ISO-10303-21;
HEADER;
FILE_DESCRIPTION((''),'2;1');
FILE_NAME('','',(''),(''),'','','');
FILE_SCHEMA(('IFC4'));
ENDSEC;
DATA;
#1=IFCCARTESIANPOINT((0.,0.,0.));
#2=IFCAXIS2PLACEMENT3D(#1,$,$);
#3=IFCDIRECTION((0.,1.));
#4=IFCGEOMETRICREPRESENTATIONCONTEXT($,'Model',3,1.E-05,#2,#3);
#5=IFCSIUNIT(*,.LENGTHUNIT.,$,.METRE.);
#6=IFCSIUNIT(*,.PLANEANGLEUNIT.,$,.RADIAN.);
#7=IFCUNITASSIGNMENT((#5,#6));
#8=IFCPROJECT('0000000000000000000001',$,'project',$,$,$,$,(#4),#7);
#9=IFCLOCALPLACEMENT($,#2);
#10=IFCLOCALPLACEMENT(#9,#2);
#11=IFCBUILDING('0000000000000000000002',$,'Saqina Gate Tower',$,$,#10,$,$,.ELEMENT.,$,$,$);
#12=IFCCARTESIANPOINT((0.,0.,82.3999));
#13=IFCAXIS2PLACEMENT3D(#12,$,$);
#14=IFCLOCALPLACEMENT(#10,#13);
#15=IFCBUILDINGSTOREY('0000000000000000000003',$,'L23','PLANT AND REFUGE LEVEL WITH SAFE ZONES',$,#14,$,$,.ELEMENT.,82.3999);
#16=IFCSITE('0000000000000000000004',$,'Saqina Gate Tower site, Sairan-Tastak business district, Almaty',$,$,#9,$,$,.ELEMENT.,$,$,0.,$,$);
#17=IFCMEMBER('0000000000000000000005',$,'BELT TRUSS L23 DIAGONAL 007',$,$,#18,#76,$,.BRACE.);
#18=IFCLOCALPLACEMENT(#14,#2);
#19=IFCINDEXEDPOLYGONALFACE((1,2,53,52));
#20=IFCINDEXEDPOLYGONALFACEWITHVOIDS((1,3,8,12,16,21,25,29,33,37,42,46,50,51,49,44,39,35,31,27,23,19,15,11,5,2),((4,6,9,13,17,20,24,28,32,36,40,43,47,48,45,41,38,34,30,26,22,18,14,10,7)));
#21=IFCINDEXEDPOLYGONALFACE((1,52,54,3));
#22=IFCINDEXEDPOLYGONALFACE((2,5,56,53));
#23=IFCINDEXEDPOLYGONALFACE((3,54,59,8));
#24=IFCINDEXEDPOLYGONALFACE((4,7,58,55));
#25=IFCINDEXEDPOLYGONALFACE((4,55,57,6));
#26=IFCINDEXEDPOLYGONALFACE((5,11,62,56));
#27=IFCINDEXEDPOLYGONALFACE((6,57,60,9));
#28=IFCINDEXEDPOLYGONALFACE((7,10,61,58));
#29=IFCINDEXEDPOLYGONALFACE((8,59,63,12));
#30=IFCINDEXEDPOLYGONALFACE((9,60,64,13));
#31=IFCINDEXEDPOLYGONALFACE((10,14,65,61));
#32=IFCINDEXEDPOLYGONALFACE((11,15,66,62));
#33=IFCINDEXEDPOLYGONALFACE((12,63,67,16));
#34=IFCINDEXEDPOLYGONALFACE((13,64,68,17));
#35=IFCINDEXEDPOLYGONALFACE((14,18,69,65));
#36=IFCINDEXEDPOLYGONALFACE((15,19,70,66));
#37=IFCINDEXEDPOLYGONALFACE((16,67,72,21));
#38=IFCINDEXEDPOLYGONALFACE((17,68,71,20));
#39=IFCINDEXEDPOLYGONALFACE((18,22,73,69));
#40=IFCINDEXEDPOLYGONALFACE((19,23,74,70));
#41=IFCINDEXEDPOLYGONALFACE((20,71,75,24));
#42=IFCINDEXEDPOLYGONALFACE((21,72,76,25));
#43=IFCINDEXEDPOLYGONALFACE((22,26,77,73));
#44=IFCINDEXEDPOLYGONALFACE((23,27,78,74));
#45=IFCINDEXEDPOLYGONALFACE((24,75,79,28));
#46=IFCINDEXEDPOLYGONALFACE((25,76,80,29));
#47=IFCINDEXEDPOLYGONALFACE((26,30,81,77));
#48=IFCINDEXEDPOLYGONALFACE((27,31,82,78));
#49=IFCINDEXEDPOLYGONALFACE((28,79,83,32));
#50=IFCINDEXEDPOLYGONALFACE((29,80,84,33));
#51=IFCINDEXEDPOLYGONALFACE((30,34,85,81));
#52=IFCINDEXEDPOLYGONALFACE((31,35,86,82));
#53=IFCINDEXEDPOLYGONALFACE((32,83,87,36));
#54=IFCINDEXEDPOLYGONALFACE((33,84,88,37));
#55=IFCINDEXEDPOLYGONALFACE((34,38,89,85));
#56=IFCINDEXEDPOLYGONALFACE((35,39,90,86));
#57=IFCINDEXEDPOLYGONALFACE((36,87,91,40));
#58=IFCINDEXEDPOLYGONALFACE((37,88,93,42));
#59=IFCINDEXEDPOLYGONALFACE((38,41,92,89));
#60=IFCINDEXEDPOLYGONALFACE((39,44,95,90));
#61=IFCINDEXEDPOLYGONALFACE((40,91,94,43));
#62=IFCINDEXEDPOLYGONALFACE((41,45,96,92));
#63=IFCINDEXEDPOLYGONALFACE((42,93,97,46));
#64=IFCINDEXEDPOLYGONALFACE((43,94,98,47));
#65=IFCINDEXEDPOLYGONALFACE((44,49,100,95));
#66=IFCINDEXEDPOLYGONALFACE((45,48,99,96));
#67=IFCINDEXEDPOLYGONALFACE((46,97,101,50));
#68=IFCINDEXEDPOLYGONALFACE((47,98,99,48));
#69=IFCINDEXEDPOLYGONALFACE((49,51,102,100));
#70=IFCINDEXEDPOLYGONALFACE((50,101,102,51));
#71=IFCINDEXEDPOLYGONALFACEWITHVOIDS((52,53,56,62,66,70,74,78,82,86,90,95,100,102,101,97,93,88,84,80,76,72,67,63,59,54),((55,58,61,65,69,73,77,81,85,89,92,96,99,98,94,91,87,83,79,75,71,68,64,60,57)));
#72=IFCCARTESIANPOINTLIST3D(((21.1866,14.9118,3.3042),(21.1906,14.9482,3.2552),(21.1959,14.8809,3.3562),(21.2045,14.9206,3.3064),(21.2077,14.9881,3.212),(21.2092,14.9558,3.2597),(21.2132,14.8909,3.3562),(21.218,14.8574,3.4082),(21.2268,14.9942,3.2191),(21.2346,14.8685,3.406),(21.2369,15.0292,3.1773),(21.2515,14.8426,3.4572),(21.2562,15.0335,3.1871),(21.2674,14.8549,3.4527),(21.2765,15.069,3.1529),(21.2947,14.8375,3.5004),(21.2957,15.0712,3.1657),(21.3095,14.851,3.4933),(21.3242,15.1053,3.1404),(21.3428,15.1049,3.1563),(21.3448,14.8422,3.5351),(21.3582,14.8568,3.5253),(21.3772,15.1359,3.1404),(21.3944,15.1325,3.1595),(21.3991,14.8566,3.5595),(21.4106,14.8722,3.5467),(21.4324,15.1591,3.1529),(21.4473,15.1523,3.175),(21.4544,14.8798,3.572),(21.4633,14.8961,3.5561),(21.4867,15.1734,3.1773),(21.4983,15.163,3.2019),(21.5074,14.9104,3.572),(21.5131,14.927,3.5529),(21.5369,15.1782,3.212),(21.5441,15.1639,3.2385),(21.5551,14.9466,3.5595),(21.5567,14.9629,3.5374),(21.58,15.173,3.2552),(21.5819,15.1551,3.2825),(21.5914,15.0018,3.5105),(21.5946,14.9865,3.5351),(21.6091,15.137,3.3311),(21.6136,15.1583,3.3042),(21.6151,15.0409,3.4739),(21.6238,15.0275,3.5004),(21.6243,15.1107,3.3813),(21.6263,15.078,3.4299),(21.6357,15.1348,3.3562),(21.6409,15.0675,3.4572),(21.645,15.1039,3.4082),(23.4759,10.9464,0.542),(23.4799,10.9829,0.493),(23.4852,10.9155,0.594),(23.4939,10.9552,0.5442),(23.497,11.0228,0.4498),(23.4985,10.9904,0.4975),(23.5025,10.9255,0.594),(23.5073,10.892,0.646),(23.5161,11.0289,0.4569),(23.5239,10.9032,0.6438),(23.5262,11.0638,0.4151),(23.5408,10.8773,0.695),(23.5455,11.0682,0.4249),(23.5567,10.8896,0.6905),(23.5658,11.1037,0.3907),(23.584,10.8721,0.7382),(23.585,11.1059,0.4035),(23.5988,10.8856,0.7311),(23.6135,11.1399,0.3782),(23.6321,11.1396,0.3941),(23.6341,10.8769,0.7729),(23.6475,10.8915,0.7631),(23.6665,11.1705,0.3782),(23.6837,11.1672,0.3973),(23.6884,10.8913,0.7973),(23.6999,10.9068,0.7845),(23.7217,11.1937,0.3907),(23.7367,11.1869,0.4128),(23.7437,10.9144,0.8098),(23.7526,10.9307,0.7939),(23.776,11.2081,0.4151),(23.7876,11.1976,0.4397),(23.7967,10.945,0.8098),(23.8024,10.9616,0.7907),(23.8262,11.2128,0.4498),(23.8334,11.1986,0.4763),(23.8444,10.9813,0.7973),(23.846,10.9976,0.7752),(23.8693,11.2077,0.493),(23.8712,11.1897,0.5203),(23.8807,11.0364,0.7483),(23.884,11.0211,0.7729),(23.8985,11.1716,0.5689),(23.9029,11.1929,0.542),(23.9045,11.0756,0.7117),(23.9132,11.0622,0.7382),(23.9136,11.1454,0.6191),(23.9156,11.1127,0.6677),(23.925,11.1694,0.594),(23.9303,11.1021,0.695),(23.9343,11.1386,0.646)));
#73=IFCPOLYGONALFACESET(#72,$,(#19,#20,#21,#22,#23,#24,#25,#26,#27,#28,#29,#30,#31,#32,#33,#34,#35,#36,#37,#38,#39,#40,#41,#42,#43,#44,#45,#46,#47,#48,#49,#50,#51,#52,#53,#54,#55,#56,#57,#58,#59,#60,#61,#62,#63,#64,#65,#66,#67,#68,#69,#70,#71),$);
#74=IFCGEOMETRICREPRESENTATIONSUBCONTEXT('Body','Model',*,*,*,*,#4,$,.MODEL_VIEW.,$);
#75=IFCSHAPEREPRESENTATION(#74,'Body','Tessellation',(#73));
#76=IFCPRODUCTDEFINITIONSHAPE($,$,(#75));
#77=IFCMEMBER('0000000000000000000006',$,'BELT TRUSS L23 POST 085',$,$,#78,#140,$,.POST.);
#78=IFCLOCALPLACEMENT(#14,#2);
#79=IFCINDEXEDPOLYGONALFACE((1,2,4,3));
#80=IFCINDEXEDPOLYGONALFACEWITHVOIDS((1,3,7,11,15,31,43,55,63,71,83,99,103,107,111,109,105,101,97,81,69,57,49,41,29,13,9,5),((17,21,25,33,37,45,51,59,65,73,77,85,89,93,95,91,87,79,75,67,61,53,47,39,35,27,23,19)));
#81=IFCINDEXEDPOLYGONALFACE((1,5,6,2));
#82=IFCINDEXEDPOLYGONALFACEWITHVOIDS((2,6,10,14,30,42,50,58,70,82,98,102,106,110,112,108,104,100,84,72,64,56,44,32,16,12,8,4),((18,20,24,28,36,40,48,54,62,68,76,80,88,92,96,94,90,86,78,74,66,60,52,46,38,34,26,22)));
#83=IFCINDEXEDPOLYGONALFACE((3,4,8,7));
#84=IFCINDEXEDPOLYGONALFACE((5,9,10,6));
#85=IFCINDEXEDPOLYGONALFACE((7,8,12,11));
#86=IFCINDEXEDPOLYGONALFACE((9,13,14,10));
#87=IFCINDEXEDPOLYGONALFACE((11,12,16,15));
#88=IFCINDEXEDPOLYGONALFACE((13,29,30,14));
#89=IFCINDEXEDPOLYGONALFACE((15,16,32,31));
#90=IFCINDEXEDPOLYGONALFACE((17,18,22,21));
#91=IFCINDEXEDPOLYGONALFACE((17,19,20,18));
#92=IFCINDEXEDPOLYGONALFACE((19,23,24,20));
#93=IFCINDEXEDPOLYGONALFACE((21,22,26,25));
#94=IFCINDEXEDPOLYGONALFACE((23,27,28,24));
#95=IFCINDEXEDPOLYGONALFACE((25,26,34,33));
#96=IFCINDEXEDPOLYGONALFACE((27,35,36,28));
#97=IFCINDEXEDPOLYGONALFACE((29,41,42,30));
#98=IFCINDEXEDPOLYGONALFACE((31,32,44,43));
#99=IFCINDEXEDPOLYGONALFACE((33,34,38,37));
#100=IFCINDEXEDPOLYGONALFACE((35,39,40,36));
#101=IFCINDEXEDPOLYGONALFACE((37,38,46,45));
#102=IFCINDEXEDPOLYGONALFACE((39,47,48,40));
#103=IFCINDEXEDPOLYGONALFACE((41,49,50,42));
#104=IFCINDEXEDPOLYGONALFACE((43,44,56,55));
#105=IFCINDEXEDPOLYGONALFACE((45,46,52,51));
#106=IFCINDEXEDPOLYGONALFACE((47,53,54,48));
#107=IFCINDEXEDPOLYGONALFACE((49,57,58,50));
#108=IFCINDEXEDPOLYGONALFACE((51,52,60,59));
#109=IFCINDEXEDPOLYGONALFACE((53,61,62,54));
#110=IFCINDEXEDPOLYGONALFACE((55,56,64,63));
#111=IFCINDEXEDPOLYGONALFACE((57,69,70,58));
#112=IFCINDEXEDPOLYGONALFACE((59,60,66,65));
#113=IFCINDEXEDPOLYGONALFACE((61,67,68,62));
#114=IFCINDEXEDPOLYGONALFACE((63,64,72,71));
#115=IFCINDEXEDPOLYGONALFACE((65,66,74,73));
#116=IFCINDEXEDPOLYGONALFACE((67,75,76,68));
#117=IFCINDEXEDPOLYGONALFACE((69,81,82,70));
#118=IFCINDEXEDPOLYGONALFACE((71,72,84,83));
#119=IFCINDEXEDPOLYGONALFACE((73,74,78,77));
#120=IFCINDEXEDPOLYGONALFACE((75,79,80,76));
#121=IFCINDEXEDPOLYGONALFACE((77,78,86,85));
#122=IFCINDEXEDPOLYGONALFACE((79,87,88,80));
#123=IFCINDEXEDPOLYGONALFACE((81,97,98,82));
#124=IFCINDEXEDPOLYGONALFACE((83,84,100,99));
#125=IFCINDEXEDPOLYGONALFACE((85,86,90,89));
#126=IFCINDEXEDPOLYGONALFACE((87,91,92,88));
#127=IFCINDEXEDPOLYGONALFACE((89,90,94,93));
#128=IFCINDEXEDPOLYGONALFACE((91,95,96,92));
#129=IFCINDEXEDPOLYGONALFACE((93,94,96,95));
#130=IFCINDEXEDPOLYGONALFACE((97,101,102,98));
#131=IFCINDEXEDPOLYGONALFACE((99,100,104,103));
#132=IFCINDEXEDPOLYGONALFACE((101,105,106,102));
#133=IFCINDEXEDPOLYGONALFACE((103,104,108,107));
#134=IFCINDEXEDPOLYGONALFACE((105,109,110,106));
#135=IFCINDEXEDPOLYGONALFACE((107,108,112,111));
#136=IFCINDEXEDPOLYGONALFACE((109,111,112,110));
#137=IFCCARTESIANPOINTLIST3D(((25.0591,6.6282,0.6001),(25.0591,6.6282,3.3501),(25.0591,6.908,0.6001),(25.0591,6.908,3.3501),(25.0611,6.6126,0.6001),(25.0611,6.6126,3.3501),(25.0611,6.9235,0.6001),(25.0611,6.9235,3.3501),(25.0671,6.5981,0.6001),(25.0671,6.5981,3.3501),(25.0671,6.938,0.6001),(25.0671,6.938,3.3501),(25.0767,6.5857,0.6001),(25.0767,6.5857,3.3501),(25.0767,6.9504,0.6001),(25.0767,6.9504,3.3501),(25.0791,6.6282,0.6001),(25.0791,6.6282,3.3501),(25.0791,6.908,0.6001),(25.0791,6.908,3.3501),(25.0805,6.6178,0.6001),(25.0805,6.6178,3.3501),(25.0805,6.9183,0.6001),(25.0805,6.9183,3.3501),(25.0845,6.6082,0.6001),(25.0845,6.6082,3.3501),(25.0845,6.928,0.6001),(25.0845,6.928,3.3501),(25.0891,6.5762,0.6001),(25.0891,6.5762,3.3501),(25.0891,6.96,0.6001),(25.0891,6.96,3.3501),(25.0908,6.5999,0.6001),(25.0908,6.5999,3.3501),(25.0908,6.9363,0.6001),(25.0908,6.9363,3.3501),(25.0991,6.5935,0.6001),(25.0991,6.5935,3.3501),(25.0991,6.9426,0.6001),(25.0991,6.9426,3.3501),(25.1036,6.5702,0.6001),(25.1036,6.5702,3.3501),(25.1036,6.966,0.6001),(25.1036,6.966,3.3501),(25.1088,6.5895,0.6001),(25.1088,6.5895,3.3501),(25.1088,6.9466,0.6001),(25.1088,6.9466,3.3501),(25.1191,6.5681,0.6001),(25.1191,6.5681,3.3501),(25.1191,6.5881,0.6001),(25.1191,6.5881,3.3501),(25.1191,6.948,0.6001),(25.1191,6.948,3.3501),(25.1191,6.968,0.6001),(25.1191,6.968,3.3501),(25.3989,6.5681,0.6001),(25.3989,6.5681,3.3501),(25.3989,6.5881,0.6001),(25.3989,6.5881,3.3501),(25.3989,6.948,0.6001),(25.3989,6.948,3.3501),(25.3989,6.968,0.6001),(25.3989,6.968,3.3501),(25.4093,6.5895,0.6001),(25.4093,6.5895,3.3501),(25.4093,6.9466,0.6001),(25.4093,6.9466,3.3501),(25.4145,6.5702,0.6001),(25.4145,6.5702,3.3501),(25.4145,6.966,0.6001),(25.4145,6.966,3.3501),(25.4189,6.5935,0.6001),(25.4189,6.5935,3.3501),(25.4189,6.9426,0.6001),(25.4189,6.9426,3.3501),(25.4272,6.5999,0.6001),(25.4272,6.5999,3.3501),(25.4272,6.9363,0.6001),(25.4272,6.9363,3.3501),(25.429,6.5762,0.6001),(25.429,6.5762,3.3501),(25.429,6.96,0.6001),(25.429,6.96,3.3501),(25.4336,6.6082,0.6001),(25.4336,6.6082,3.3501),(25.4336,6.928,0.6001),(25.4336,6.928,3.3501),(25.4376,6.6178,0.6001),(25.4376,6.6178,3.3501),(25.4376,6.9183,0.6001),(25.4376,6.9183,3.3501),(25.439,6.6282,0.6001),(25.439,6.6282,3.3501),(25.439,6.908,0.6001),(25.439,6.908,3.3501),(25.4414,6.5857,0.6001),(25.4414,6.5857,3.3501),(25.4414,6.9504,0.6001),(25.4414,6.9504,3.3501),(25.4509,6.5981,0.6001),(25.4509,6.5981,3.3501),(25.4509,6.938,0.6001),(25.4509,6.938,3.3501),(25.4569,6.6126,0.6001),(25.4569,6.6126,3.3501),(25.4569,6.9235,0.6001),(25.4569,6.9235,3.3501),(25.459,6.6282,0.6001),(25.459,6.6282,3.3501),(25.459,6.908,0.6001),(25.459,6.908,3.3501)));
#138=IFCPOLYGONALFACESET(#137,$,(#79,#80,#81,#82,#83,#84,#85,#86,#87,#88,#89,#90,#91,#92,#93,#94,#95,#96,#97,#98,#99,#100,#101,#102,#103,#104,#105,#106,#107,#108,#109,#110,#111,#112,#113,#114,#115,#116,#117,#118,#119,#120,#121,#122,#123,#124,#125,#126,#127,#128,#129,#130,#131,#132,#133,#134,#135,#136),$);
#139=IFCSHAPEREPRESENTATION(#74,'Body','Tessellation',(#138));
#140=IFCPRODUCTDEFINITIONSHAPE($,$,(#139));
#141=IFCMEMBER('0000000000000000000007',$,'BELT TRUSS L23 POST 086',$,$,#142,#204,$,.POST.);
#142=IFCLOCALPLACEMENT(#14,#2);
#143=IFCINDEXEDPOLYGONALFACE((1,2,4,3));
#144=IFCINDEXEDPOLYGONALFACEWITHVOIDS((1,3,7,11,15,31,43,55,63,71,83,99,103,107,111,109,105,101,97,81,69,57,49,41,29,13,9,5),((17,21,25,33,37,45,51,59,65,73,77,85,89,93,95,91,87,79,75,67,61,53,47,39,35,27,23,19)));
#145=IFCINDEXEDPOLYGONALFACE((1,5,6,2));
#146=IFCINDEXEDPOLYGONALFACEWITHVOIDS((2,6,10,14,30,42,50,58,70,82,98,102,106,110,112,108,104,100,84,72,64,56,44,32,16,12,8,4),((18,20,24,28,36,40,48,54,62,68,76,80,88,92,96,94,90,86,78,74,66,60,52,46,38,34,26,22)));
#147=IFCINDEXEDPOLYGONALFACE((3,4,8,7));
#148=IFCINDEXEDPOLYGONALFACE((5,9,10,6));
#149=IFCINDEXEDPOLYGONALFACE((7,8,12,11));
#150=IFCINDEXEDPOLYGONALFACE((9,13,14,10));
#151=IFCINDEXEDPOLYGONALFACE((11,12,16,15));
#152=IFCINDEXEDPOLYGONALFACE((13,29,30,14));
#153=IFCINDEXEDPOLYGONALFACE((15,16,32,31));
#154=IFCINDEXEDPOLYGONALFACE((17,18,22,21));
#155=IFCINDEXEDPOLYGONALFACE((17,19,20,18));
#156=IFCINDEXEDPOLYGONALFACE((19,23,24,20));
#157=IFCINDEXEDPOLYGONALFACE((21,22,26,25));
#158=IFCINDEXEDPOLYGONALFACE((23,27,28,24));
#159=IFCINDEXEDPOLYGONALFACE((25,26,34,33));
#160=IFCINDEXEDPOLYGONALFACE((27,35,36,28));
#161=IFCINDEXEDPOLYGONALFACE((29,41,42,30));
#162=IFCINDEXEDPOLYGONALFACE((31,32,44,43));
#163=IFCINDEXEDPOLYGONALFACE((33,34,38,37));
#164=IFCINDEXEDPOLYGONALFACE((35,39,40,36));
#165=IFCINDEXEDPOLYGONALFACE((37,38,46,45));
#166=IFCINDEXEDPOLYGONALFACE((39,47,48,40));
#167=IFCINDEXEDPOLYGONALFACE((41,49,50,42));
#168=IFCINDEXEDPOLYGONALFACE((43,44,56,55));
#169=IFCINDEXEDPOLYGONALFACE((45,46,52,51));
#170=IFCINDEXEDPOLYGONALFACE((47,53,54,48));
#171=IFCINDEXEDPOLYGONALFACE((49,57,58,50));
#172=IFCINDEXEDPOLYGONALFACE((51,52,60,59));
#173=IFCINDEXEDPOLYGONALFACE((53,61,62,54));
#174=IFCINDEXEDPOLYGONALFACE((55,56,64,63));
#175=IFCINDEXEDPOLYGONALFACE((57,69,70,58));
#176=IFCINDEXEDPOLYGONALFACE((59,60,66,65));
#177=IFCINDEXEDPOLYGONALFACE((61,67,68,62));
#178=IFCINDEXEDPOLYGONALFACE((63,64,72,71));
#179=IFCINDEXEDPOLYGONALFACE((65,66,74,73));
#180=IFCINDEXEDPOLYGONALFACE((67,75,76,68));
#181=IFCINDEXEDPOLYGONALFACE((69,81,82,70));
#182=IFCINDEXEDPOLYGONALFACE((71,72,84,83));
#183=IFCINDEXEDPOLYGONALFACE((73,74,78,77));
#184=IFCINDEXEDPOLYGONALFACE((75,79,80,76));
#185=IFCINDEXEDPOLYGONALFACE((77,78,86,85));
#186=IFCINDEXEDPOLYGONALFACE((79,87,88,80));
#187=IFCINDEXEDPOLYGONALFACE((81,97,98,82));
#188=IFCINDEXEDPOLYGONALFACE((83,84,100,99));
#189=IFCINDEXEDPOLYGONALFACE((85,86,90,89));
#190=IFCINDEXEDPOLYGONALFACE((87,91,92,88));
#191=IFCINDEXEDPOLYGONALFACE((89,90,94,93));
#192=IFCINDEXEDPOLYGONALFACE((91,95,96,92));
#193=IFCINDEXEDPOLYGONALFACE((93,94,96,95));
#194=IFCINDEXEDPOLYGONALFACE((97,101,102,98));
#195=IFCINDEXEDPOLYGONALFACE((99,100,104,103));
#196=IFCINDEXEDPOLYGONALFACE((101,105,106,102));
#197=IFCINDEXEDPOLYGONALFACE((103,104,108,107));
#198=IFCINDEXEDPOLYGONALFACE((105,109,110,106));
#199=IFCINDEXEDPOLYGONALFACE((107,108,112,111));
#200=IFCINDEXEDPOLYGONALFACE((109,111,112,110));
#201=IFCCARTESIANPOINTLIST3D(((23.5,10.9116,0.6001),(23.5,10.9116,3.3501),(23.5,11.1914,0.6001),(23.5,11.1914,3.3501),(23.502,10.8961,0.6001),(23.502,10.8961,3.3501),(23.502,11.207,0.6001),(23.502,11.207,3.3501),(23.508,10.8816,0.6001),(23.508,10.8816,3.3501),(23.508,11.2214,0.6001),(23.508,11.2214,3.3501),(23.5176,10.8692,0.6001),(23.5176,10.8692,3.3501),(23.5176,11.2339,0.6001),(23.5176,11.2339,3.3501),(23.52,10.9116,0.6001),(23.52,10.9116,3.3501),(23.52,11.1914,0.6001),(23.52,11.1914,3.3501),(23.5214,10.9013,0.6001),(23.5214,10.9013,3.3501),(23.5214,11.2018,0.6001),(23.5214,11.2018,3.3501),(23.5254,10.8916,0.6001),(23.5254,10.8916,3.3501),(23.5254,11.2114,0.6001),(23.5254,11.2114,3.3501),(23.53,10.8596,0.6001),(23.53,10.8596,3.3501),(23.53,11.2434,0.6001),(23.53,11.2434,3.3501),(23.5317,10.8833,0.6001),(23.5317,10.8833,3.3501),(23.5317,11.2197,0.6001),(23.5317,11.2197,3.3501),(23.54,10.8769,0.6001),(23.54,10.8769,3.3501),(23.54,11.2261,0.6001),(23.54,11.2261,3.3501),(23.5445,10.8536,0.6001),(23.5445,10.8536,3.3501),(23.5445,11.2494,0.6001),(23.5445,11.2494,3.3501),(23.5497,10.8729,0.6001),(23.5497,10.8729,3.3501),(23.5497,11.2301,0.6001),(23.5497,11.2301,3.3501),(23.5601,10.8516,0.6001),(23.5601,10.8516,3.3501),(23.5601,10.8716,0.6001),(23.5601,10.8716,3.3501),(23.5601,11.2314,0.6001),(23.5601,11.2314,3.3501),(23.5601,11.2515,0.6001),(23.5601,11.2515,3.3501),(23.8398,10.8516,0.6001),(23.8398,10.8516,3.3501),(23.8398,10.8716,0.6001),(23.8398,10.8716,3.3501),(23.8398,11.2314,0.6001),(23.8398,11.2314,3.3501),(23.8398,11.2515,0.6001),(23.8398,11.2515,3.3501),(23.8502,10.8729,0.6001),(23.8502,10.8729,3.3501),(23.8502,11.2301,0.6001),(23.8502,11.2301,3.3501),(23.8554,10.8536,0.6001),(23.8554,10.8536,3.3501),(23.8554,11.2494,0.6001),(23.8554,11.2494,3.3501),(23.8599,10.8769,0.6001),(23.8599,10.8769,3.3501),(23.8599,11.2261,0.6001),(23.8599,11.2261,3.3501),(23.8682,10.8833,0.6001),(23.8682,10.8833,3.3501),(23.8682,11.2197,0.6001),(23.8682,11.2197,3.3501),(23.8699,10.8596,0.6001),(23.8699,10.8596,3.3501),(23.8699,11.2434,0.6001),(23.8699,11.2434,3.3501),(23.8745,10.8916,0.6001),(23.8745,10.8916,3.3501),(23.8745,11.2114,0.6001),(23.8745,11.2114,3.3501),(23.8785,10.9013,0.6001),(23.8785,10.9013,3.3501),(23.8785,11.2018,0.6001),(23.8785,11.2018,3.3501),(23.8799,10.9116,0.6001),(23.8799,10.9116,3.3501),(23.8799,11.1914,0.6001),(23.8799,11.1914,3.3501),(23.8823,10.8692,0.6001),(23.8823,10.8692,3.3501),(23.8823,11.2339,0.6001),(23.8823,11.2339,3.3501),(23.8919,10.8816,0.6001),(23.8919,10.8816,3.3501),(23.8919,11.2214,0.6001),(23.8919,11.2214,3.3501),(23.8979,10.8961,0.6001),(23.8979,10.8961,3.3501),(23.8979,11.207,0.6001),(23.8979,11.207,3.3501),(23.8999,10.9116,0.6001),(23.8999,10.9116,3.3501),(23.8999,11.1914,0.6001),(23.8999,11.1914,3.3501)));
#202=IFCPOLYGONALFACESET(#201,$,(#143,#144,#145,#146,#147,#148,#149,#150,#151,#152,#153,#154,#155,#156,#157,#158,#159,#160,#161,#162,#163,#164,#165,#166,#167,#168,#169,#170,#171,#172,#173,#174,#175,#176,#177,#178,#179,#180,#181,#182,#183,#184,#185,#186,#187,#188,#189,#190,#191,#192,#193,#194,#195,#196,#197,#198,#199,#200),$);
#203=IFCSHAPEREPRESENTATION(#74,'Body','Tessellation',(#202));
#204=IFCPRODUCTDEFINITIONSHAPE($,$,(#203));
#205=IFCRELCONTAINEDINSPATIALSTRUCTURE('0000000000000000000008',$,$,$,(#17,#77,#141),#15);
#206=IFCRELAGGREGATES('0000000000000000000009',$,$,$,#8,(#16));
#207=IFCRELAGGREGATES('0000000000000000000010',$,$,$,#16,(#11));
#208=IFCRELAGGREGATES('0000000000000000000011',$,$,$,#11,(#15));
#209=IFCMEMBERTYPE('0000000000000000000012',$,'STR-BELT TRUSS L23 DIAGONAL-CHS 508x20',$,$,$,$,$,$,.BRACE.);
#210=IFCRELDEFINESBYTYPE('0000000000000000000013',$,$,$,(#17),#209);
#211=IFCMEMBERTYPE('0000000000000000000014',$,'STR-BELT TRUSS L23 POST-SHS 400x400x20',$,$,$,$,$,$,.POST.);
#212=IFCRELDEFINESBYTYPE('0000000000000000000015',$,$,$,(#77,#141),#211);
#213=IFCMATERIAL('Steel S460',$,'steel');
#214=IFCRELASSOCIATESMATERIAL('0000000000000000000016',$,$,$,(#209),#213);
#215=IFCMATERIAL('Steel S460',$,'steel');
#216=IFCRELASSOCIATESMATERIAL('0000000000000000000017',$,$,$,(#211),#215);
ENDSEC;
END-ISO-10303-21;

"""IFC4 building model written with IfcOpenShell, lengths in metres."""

from ifc_helpers import new_model, si_unit, direction, frame, origin, origin_2d, place, context, subcontext, project, spatial, hollow_rectangle, hollow_circle, extrude, material, material_profile, profile_set, type_object, element, save


model = new_model("IFC4")

# Units and contexts
model_context = context("Model", 3, precision=1e-05, world=origin(), true_north=direction((0.0, 1.0)))
body_context = subcontext(model_context, "Body", "Model", "MODEL_VIEW")
ifc_project = project(units=[si_unit("LENGTHUNIT", "METRE"), si_unit("PLANEANGLEUNIT", "RADIAN")], contexts=[model_context])

# Site, building, storey
site_placement = place(None, origin())
site = spatial("IfcSite", under=ifc_project, at=site_placement, Name="Saqina Gate Tower site, Sairan-Tastak business district, Almaty", CompositionType="ELEMENT", RefElevation=0.0)
building_placement = place(site_placement, origin())
building = spatial("IfcBuilding", under=site, at=building_placement, Name="Saqina Gate Tower", CompositionType="ELEMENT")
storey_placement = place(building_placement, frame((0.0, 0.0, 82.3999)))
storey = spatial("IfcBuildingStorey", under=building, at=storey_placement, Name="L23", Description="PLANT AND REFUGE LEVEL WITH SAFE ZONES", CompositionType="ELEMENT", Elevation=82.3999)

# Members
ifc_material_1 = material(Name="Steel S460", Category="steel")
ifc_material_profile_1 = material_profile(ifc_material_1, hollow_circle(Radius=0.2539, WallThickness=0.02, at=origin_2d()), Name="CHS 508x20")
ifc_profile_set_1 = profile_set([ifc_material_profile_1], Name="Steel S460")
member_type_1 = type_object("IfcMemberType", Name="STR-BELT TRUSS L23 DIAGONAL-CHS 508x20", PredefinedType="BRACE", material=ifc_profile_set_1)
for number, where, z_axis, x_axis, name in (
    (1, (23.7051, 11.0425, 0.594), (-0.428117, 0.741545, 0.516552), (-0.866033, -0.499987, 0.0), "BELT TRUSS L23 DIAGONAL 007"),
):
    element("IfcMember", number, at=place(storey_placement, frame(where, z_axis=z_axis, x_axis=x_axis)), inside=storey, type_object=member_type_1, Name=name, PredefinedType="BRACE", context=body_context, shape_type="SweptSolid", body=[
        extrude(hollow_circle(Radius=0.2539, WallThickness=0.02, at=origin_2d()), origin(), (0.0, 0.0, 1.0), 5.3474),
    ])
ifc_material_2 = material(Name="Steel S460", Category="steel")
ifc_material_profile_2 = material_profile(ifc_material_2, hollow_rectangle(XDim=0.3999, YDim=0.3999, WallThickness=0.02, InnerFilletRadius=0.04, OuterFilletRadius=0.0601, at=origin_2d()), Name="SHS 400x400x20")
ifc_profile_set_2 = profile_set([ifc_material_profile_2], Name="Steel S460")
member_type_2 = type_object("IfcMemberType", Name="STR-BELT TRUSS L23 POST-SHS 400x400x20", PredefinedType="POST", material=ifc_profile_set_2)
for number, where, z_axis, x_axis, name in (
    (2, (25.259, 6.7681, 0.6001), (0.0, 0.0, 1.0), (1.0, 0.0, 0.0), "BELT TRUSS L23 POST 085"),
    (3, (23.7, 11.0515, 0.6001), (0.0, 0.0, 1.0), (1.0, 0.0, 0.0), "BELT TRUSS L23 POST 086"),
):
    element("IfcMember", number, at=place(storey_placement, frame(where, z_axis=z_axis, x_axis=x_axis)), inside=storey, type_object=member_type_2, Name=name, PredefinedType="POST", context=body_context, shape_type="SweptSolid", body=[
        extrude(hollow_rectangle(XDim=0.3999, YDim=0.3999, WallThickness=0.02, InnerFilletRadius=0.04, OuterFilletRadius=0.0601, at=origin_2d()), origin(), (0.0, 0.0, 1.0), 2.75),
    ])

save(model, "model.ifc")
